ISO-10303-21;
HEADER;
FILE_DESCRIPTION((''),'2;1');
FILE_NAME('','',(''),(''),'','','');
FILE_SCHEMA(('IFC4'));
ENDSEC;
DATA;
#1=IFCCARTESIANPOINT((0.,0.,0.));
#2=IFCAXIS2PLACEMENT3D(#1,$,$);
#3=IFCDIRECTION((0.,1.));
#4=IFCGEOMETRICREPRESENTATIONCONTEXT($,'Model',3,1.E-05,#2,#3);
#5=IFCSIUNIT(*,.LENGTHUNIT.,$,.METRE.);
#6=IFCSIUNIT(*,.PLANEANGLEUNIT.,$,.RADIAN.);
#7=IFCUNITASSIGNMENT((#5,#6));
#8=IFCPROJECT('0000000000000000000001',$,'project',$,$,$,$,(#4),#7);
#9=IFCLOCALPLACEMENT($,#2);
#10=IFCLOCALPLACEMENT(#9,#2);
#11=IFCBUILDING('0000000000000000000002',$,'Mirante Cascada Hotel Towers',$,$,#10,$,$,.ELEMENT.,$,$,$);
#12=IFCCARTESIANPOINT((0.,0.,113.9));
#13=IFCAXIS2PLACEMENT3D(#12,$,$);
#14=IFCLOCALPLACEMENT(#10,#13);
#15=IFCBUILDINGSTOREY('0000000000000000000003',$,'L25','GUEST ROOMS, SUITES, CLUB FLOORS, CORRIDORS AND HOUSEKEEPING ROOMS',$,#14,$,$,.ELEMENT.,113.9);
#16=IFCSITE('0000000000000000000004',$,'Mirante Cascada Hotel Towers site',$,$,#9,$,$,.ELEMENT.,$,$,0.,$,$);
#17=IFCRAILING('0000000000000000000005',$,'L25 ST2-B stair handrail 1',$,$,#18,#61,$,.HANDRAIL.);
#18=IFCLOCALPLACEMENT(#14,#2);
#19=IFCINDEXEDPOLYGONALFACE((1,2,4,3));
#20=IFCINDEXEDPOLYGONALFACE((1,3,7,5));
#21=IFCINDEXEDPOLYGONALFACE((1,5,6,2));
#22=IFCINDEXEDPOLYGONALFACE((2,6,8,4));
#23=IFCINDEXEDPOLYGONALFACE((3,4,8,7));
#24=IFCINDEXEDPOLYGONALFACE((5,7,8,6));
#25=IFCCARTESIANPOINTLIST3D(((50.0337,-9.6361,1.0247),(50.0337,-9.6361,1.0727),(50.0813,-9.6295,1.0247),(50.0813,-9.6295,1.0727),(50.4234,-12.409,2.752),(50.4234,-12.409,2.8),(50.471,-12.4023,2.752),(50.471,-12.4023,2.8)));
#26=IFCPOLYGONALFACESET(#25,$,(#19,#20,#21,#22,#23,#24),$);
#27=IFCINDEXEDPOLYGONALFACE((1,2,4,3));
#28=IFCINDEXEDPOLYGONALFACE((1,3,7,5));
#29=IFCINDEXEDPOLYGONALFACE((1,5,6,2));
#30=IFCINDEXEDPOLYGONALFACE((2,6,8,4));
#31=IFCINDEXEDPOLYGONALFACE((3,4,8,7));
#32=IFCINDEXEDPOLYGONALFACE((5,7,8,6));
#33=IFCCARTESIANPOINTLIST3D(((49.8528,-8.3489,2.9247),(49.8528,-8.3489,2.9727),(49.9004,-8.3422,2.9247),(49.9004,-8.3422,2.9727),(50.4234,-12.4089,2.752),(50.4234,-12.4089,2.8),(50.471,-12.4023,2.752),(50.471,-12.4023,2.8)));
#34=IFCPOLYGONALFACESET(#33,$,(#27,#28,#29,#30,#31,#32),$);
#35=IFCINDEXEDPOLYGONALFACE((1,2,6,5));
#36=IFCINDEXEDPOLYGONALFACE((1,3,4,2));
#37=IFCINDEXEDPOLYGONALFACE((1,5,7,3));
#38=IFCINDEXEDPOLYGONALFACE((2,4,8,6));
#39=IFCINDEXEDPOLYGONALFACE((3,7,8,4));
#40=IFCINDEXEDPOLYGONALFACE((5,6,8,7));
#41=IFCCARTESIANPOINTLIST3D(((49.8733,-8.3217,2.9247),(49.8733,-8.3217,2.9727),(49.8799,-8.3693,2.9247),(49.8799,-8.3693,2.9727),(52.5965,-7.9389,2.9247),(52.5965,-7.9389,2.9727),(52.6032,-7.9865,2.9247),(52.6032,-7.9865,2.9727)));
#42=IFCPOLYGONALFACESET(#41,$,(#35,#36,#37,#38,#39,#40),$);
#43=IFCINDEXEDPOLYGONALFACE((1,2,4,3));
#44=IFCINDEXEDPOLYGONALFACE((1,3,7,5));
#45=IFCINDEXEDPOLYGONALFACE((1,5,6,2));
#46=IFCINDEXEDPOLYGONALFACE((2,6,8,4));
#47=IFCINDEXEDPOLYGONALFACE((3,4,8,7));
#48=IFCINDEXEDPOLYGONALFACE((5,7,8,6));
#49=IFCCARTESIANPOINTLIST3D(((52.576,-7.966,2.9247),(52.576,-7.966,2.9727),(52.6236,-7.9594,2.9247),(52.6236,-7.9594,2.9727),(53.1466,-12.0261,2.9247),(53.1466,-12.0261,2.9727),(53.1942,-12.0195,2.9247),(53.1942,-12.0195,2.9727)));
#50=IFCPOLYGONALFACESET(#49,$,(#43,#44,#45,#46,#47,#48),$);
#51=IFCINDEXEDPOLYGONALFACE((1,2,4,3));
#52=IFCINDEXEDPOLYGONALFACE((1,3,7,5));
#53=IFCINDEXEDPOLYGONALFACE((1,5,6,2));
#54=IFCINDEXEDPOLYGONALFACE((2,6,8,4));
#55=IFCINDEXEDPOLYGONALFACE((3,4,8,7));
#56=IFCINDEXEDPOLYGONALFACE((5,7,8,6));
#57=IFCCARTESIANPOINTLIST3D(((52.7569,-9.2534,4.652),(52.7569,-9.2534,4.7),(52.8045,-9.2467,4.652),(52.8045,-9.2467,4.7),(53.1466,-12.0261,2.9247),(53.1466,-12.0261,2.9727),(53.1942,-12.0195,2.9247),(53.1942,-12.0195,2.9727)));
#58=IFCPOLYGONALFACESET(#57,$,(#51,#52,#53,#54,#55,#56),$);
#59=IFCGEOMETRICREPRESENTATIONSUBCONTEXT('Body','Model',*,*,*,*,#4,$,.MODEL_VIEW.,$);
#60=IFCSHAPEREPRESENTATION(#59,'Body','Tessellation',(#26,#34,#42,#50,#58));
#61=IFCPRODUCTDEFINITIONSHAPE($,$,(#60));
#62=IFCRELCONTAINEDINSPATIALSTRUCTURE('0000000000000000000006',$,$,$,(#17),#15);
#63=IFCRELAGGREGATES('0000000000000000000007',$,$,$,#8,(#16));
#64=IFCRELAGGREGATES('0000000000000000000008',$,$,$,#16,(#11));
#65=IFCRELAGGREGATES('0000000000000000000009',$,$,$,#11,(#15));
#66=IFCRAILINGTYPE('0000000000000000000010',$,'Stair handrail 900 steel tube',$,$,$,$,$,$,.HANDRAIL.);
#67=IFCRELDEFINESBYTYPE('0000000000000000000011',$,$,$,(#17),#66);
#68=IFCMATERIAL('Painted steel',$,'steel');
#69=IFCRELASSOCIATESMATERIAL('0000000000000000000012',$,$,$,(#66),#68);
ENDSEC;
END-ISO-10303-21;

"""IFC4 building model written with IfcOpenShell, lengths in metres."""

from ifc_helpers import new_model, si_unit, direction, frame, origin, origin_2d, place, context, subcontext, project, spatial, rectangle, extrude, material, type_object, element, save


model = new_model("IFC4")

# Units and contexts
model_context = context("Model", 3, precision=1e-05, world=origin(), true_north=direction((0.0, 1.0)))
body_context = subcontext(model_context, "Body", "Model", "MODEL_VIEW")
ifc_project = project(units=[si_unit("LENGTHUNIT", "METRE"), si_unit("PLANEANGLEUNIT", "RADIAN")], contexts=[model_context])

# Site, building, storey
site_placement = place(None, origin())
site = spatial("IfcSite", under=ifc_project, at=site_placement, Name="Mirante Cascada Hotel Towers site", CompositionType="ELEMENT", RefElevation=0.0)
building_placement = place(site_placement, origin())
building = spatial("IfcBuilding", under=site, at=building_placement, Name="Mirante Cascada Hotel Towers", CompositionType="ELEMENT")
storey_placement = place(building_placement, frame((0.0, 0.0, 113.9)))
storey = spatial("IfcBuildingStorey", under=building, at=storey_placement, Name="L25", Description="GUEST ROOMS, SUITES, CLUB FLOORS, CORRIDORS AND HOUSEKEEPING ROOMS", CompositionType="ELEMENT", Elevation=113.9)

# Railing
ifc_material_1 = material(Name="Painted steel", Category="steel")
railing_type_1 = type_object("IfcRailingType", Name="Stair handrail 900 steel tube", PredefinedType="HANDRAIL", material=ifc_material_1)
railing_1_placement = place(storey_placement, frame((50.0575, -9.6328, 0.1727)))
element("IfcRailing", 1, at=railing_1_placement, inside=storey, type_object=railing_type_1, Name="L25 ST2-B stair handrail 1", PredefinedType="HANDRAIL", context=body_context, shape_type="SweptSolid", body=[
    extrude(rectangle(XDim=0.048, YDim=0.048, at=origin_2d()), frame((0.0, 0.0, 0.876), z_axis=(0.139176, -0.990268, 0.0), x_axis=(0.990268, 0.139176, 0.0)), (0.0, 0.525021, 0.851089), 3.29),
    extrude(rectangle(XDim=0.048, YDim=0.048, at=origin_2d()), frame((0.3897, -2.7728, 2.6033), z_axis=(-0.139171, 0.990268, 0.0), x_axis=(-0.990268, -0.139171, 0.0)), (0.0, 0.042085, 0.999114), 4.1036),
    extrude(rectangle(XDim=0.048, YDim=0.048, at=origin_2d()), frame((-0.1809, 1.2873, 2.776), z_axis=(0.990264, 0.139201, 0.0), x_axis=(-0.139201, 0.990264, 0.0)), (0.0, 0.0, 1.0), 2.75),
    extrude(rectangle(XDim=0.048, YDim=0.048, at=origin_2d()), frame((2.5423, 1.6701, 2.776), z_axis=(0.139171, -0.990268, 0.0), x_axis=(0.990268, 0.139171, 0.0)), (0.0, 0.0, 1.0), 4.1),
    extrude(rectangle(XDim=0.048, YDim=0.048, at=origin_2d()), frame((3.1129, -2.39, 2.776), z_axis=(-0.139181, 0.990267, 0.0), x_axis=(-0.990267, -0.139181, 0.0)), (0.0, 0.525035, 0.851081), 3.2899),
])

save(model, "model.ifc")
